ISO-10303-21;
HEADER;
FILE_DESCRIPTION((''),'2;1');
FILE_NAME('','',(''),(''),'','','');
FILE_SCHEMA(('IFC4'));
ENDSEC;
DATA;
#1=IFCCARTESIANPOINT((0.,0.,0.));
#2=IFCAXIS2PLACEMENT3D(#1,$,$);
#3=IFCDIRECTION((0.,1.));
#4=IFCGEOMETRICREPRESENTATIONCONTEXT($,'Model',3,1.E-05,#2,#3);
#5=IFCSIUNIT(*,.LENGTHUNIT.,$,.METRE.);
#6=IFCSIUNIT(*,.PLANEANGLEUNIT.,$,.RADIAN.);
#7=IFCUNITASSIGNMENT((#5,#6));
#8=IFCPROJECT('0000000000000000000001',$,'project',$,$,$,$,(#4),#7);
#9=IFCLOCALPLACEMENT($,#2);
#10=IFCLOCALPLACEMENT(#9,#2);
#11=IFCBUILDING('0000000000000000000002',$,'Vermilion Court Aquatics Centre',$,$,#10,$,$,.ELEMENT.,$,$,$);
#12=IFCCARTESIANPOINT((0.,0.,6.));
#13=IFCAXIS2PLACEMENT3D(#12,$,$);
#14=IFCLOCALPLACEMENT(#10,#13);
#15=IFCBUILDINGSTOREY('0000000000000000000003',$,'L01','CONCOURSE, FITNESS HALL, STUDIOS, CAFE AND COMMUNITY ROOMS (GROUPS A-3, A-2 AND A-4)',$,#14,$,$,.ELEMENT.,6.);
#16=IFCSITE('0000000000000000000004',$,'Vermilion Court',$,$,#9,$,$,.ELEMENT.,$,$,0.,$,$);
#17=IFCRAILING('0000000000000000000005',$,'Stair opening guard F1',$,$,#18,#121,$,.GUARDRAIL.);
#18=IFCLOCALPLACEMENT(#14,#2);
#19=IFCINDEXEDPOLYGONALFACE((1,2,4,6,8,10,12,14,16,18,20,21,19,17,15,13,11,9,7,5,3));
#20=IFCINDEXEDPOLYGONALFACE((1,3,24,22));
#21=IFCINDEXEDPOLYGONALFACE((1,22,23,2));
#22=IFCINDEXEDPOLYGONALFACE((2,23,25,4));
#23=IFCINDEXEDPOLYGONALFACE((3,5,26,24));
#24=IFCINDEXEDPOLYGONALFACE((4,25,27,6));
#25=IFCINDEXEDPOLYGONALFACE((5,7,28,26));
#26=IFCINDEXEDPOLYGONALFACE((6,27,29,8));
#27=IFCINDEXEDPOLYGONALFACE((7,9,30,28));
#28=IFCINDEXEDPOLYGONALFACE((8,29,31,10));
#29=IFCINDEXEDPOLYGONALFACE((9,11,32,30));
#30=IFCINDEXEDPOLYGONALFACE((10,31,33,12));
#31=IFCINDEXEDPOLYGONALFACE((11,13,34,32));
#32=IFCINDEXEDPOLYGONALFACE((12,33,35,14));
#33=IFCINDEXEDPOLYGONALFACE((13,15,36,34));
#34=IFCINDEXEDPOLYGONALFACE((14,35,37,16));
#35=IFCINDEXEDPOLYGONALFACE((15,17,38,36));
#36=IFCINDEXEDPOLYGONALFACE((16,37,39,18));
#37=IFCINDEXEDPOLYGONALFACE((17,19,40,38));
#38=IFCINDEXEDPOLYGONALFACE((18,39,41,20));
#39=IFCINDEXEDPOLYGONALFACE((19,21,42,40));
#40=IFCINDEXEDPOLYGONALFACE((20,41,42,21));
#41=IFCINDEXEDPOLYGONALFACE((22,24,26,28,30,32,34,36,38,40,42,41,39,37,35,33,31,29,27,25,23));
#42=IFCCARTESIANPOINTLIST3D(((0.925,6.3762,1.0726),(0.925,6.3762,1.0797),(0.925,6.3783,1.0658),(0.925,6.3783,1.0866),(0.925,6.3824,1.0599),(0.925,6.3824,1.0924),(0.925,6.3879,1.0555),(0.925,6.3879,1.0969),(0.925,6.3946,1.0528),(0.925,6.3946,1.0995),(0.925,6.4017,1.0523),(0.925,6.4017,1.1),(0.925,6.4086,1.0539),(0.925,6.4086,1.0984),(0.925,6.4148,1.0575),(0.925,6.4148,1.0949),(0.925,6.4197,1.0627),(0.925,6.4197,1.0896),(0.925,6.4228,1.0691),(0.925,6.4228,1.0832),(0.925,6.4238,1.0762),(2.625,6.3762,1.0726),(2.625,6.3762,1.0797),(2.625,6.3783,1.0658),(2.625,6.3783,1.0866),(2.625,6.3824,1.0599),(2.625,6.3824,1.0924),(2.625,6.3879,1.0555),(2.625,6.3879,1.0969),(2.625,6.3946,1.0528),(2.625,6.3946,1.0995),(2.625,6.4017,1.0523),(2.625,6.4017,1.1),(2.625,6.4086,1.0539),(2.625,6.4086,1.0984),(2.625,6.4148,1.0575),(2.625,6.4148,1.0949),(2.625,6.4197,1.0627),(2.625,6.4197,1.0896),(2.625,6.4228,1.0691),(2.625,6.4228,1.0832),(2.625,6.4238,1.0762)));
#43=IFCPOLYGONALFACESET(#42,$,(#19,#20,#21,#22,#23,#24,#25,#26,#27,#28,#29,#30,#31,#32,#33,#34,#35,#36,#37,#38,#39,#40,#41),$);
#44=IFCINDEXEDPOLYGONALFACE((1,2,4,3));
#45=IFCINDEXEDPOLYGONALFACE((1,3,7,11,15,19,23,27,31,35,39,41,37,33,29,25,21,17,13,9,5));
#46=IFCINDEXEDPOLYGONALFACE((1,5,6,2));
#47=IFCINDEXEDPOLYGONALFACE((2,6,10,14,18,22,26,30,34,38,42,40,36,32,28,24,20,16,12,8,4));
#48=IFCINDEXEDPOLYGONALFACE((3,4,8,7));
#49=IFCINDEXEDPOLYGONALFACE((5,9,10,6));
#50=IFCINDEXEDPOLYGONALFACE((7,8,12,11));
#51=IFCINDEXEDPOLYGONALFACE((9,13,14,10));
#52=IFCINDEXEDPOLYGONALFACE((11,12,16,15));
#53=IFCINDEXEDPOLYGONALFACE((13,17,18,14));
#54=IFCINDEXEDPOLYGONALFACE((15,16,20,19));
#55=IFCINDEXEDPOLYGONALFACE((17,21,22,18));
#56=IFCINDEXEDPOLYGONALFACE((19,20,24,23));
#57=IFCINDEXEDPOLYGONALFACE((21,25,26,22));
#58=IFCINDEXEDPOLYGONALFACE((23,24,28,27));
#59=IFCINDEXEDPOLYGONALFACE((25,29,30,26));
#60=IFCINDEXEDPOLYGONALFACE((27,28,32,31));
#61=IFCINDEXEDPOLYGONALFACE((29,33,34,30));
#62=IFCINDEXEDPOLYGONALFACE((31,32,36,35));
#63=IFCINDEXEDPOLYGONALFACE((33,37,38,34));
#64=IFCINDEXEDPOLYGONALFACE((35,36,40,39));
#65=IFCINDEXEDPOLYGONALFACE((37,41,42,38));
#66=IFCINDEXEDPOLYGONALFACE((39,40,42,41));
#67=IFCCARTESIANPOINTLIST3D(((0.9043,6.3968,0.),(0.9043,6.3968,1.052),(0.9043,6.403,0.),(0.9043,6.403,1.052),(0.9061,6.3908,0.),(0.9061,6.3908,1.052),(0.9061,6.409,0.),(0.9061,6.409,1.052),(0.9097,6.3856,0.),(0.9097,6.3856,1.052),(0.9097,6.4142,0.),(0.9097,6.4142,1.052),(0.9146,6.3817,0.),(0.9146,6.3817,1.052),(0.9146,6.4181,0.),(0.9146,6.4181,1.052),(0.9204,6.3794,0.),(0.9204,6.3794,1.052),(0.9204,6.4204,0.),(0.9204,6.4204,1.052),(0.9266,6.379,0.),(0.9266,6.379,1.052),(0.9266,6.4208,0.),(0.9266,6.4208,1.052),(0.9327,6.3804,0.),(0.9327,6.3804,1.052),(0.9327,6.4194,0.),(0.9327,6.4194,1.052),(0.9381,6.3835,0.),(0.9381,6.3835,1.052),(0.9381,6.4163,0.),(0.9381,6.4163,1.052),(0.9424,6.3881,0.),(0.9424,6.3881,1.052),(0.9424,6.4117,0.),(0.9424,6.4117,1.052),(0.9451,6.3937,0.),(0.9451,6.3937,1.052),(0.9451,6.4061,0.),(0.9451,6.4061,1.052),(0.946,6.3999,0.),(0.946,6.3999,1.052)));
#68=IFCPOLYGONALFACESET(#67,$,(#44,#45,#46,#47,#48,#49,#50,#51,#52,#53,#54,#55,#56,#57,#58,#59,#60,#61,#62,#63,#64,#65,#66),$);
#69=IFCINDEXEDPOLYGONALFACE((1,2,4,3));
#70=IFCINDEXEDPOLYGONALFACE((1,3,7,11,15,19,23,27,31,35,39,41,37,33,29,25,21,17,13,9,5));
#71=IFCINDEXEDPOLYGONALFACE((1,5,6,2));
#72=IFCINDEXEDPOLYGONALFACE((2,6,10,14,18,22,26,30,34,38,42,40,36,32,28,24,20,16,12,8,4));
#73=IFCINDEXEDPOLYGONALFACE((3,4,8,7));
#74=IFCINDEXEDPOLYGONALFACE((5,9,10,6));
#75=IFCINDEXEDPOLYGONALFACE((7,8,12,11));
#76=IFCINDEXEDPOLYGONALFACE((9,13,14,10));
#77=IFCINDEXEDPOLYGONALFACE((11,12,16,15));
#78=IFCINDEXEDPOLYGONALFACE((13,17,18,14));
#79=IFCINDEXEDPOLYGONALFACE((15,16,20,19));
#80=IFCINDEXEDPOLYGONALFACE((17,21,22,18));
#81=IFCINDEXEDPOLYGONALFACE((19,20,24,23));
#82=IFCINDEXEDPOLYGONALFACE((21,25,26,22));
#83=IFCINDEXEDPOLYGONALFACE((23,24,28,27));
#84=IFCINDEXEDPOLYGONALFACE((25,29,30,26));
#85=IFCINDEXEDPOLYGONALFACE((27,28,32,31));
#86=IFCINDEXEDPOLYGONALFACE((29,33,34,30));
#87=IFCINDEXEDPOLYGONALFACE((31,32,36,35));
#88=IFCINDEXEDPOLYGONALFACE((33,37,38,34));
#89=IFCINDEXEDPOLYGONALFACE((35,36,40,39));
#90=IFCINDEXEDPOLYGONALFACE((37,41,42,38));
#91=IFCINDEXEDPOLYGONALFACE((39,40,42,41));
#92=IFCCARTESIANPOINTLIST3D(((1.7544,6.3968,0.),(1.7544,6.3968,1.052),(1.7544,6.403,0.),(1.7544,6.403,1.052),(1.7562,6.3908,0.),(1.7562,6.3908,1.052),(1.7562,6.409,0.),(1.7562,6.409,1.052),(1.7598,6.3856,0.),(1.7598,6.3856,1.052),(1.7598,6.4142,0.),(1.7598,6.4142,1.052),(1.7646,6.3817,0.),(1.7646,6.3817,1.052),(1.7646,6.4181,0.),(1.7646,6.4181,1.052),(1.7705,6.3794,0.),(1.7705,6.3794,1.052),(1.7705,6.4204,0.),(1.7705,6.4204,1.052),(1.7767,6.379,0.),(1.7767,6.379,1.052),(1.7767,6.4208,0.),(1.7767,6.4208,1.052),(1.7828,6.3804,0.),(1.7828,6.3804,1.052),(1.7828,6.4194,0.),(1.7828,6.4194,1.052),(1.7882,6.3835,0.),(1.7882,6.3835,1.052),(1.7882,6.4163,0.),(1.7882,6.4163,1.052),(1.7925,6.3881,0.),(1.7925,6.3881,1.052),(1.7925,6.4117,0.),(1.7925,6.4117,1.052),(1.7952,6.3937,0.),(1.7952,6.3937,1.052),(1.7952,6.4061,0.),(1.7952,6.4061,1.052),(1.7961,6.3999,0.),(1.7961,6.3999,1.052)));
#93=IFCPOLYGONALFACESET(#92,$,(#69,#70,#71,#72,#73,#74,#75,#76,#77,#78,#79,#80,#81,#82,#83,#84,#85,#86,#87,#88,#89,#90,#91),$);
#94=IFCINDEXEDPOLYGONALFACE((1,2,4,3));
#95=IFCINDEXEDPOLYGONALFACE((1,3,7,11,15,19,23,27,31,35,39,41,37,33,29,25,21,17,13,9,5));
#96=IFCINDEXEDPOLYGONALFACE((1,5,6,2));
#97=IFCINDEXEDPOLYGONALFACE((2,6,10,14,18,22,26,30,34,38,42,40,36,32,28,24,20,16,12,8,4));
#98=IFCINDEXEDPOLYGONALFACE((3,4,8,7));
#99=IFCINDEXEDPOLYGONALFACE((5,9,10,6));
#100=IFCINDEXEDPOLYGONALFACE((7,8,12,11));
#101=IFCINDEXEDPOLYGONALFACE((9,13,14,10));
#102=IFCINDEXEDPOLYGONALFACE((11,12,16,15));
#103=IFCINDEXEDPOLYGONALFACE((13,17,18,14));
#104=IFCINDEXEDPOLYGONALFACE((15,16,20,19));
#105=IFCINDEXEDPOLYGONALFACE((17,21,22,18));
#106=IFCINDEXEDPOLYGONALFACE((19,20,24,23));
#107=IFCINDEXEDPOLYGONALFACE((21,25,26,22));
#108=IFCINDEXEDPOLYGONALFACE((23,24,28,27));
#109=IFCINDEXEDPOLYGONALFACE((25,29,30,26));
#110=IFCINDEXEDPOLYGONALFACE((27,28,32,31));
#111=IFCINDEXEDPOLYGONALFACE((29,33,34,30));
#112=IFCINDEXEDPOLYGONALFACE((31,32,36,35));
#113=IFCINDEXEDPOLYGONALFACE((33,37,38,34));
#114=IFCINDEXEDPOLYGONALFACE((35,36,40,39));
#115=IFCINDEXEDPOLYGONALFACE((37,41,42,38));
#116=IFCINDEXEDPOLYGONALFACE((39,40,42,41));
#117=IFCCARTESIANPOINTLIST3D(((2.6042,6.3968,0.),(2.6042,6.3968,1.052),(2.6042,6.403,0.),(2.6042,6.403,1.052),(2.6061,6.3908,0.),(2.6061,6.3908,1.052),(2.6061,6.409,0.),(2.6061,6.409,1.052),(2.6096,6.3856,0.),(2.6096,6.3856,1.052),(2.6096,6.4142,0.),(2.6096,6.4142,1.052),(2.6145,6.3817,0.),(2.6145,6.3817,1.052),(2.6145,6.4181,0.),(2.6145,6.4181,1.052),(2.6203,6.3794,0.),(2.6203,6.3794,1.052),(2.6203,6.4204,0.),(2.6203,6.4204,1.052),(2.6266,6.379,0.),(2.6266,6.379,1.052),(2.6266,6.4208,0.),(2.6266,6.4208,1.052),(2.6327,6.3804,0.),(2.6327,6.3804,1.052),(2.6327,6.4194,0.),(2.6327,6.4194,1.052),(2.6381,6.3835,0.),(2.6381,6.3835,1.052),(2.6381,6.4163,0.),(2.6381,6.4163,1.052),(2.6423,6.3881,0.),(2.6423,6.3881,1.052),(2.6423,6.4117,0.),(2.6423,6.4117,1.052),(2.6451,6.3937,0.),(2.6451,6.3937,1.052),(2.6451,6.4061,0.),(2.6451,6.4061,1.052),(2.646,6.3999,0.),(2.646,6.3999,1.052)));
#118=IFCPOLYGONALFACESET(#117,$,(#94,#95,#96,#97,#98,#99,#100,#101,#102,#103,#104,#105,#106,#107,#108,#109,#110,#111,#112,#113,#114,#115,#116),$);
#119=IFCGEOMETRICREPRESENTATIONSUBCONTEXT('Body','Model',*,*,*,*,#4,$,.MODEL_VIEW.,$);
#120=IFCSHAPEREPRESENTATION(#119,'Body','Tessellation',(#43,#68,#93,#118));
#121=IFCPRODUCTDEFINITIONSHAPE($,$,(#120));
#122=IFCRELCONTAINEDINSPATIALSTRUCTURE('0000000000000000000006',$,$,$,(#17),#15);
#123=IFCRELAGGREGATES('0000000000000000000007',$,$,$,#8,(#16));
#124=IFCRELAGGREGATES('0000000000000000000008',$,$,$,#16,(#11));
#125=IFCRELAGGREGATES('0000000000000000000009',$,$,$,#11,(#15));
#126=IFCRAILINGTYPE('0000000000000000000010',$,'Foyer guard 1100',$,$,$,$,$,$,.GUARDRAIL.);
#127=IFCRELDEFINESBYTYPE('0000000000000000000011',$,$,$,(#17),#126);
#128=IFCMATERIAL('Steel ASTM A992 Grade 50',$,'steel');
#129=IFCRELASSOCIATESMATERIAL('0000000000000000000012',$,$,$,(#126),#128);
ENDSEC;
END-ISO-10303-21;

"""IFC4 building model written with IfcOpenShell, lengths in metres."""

from ifc_helpers import new_model, si_unit, direction, frame, origin, origin_2d, place, context, subcontext, project, spatial, circle, extrude, material, type_object, element, save


model = new_model("IFC4")

# Units and contexts
model_context = context("Model", 3, precision=1e-05, world=origin(), true_north=direction((0.0, 1.0)))
body_context = subcontext(model_context, "Body", "Model", "MODEL_VIEW")
ifc_project = project(units=[si_unit("LENGTHUNIT", "METRE"), si_unit("PLANEANGLEUNIT", "RADIAN")], contexts=[model_context])

# Site, building, storey
site_placement = place(None, origin())
site = spatial("IfcSite", under=ifc_project, at=site_placement, Name="Vermilion Court", CompositionType="ELEMENT", RefElevation=0.0)
building_placement = place(site_placement, origin())
building = spatial("IfcBuilding", under=site, at=building_placement, Name="Vermilion Court Aquatics Centre", CompositionType="ELEMENT")
storey_placement = place(building_placement, frame((0.0, 0.0, 6.0)))
storey = spatial("IfcBuildingStorey", under=building, at=storey_placement, Name="L01", Description="CONCOURSE, FITNESS HALL, STUDIOS, CAFE AND COMMUNITY ROOMS (GROUPS A-3, A-2 AND A-4)", CompositionType="ELEMENT", Elevation=6.0)

# Railing
ifc_material_1 = material(Name="Steel ASTM A992 Grade 50", Category="steel")
railing_type = type_object("IfcRailingType", Name="Foyer guard 1100", PredefinedType="GUARDRAIL", material=ifc_material_1)
railing_placement = place(storey_placement, frame((0.925, 6.3999, 0.0)))
element("IfcRailing", 1, at=railing_placement, inside=storey, type_object=railing_type, Name="Stair opening guard F1", PredefinedType="GUARDRAIL", context=body_context, shape_type="SweptSolid", body=[
    extrude(circle(Radius=0.0239, at=origin_2d()), frame((0.0, 0.0, 1.0762), z_axis=(1.0, 0.0, 0.0), x_axis=(0.0, 1.0, 0.0)), (0.0, 0.0, 1.0), 1.7),
    extrude(circle(Radius=0.021, at=origin_2d()), origin(), (0.0, 0.0, 1.0), 1.052),
    extrude(circle(Radius=0.021, at=origin_2d()), frame((0.8501, 0.0, 0.0)), (0.0, 0.0, 1.0), 1.052),
    extrude(circle(Radius=0.021, at=origin_2d()), frame((1.7, 0.0, 0.0)), (0.0, 0.0, 1.0), 1.052),
])

save(model, "model.ifc")
